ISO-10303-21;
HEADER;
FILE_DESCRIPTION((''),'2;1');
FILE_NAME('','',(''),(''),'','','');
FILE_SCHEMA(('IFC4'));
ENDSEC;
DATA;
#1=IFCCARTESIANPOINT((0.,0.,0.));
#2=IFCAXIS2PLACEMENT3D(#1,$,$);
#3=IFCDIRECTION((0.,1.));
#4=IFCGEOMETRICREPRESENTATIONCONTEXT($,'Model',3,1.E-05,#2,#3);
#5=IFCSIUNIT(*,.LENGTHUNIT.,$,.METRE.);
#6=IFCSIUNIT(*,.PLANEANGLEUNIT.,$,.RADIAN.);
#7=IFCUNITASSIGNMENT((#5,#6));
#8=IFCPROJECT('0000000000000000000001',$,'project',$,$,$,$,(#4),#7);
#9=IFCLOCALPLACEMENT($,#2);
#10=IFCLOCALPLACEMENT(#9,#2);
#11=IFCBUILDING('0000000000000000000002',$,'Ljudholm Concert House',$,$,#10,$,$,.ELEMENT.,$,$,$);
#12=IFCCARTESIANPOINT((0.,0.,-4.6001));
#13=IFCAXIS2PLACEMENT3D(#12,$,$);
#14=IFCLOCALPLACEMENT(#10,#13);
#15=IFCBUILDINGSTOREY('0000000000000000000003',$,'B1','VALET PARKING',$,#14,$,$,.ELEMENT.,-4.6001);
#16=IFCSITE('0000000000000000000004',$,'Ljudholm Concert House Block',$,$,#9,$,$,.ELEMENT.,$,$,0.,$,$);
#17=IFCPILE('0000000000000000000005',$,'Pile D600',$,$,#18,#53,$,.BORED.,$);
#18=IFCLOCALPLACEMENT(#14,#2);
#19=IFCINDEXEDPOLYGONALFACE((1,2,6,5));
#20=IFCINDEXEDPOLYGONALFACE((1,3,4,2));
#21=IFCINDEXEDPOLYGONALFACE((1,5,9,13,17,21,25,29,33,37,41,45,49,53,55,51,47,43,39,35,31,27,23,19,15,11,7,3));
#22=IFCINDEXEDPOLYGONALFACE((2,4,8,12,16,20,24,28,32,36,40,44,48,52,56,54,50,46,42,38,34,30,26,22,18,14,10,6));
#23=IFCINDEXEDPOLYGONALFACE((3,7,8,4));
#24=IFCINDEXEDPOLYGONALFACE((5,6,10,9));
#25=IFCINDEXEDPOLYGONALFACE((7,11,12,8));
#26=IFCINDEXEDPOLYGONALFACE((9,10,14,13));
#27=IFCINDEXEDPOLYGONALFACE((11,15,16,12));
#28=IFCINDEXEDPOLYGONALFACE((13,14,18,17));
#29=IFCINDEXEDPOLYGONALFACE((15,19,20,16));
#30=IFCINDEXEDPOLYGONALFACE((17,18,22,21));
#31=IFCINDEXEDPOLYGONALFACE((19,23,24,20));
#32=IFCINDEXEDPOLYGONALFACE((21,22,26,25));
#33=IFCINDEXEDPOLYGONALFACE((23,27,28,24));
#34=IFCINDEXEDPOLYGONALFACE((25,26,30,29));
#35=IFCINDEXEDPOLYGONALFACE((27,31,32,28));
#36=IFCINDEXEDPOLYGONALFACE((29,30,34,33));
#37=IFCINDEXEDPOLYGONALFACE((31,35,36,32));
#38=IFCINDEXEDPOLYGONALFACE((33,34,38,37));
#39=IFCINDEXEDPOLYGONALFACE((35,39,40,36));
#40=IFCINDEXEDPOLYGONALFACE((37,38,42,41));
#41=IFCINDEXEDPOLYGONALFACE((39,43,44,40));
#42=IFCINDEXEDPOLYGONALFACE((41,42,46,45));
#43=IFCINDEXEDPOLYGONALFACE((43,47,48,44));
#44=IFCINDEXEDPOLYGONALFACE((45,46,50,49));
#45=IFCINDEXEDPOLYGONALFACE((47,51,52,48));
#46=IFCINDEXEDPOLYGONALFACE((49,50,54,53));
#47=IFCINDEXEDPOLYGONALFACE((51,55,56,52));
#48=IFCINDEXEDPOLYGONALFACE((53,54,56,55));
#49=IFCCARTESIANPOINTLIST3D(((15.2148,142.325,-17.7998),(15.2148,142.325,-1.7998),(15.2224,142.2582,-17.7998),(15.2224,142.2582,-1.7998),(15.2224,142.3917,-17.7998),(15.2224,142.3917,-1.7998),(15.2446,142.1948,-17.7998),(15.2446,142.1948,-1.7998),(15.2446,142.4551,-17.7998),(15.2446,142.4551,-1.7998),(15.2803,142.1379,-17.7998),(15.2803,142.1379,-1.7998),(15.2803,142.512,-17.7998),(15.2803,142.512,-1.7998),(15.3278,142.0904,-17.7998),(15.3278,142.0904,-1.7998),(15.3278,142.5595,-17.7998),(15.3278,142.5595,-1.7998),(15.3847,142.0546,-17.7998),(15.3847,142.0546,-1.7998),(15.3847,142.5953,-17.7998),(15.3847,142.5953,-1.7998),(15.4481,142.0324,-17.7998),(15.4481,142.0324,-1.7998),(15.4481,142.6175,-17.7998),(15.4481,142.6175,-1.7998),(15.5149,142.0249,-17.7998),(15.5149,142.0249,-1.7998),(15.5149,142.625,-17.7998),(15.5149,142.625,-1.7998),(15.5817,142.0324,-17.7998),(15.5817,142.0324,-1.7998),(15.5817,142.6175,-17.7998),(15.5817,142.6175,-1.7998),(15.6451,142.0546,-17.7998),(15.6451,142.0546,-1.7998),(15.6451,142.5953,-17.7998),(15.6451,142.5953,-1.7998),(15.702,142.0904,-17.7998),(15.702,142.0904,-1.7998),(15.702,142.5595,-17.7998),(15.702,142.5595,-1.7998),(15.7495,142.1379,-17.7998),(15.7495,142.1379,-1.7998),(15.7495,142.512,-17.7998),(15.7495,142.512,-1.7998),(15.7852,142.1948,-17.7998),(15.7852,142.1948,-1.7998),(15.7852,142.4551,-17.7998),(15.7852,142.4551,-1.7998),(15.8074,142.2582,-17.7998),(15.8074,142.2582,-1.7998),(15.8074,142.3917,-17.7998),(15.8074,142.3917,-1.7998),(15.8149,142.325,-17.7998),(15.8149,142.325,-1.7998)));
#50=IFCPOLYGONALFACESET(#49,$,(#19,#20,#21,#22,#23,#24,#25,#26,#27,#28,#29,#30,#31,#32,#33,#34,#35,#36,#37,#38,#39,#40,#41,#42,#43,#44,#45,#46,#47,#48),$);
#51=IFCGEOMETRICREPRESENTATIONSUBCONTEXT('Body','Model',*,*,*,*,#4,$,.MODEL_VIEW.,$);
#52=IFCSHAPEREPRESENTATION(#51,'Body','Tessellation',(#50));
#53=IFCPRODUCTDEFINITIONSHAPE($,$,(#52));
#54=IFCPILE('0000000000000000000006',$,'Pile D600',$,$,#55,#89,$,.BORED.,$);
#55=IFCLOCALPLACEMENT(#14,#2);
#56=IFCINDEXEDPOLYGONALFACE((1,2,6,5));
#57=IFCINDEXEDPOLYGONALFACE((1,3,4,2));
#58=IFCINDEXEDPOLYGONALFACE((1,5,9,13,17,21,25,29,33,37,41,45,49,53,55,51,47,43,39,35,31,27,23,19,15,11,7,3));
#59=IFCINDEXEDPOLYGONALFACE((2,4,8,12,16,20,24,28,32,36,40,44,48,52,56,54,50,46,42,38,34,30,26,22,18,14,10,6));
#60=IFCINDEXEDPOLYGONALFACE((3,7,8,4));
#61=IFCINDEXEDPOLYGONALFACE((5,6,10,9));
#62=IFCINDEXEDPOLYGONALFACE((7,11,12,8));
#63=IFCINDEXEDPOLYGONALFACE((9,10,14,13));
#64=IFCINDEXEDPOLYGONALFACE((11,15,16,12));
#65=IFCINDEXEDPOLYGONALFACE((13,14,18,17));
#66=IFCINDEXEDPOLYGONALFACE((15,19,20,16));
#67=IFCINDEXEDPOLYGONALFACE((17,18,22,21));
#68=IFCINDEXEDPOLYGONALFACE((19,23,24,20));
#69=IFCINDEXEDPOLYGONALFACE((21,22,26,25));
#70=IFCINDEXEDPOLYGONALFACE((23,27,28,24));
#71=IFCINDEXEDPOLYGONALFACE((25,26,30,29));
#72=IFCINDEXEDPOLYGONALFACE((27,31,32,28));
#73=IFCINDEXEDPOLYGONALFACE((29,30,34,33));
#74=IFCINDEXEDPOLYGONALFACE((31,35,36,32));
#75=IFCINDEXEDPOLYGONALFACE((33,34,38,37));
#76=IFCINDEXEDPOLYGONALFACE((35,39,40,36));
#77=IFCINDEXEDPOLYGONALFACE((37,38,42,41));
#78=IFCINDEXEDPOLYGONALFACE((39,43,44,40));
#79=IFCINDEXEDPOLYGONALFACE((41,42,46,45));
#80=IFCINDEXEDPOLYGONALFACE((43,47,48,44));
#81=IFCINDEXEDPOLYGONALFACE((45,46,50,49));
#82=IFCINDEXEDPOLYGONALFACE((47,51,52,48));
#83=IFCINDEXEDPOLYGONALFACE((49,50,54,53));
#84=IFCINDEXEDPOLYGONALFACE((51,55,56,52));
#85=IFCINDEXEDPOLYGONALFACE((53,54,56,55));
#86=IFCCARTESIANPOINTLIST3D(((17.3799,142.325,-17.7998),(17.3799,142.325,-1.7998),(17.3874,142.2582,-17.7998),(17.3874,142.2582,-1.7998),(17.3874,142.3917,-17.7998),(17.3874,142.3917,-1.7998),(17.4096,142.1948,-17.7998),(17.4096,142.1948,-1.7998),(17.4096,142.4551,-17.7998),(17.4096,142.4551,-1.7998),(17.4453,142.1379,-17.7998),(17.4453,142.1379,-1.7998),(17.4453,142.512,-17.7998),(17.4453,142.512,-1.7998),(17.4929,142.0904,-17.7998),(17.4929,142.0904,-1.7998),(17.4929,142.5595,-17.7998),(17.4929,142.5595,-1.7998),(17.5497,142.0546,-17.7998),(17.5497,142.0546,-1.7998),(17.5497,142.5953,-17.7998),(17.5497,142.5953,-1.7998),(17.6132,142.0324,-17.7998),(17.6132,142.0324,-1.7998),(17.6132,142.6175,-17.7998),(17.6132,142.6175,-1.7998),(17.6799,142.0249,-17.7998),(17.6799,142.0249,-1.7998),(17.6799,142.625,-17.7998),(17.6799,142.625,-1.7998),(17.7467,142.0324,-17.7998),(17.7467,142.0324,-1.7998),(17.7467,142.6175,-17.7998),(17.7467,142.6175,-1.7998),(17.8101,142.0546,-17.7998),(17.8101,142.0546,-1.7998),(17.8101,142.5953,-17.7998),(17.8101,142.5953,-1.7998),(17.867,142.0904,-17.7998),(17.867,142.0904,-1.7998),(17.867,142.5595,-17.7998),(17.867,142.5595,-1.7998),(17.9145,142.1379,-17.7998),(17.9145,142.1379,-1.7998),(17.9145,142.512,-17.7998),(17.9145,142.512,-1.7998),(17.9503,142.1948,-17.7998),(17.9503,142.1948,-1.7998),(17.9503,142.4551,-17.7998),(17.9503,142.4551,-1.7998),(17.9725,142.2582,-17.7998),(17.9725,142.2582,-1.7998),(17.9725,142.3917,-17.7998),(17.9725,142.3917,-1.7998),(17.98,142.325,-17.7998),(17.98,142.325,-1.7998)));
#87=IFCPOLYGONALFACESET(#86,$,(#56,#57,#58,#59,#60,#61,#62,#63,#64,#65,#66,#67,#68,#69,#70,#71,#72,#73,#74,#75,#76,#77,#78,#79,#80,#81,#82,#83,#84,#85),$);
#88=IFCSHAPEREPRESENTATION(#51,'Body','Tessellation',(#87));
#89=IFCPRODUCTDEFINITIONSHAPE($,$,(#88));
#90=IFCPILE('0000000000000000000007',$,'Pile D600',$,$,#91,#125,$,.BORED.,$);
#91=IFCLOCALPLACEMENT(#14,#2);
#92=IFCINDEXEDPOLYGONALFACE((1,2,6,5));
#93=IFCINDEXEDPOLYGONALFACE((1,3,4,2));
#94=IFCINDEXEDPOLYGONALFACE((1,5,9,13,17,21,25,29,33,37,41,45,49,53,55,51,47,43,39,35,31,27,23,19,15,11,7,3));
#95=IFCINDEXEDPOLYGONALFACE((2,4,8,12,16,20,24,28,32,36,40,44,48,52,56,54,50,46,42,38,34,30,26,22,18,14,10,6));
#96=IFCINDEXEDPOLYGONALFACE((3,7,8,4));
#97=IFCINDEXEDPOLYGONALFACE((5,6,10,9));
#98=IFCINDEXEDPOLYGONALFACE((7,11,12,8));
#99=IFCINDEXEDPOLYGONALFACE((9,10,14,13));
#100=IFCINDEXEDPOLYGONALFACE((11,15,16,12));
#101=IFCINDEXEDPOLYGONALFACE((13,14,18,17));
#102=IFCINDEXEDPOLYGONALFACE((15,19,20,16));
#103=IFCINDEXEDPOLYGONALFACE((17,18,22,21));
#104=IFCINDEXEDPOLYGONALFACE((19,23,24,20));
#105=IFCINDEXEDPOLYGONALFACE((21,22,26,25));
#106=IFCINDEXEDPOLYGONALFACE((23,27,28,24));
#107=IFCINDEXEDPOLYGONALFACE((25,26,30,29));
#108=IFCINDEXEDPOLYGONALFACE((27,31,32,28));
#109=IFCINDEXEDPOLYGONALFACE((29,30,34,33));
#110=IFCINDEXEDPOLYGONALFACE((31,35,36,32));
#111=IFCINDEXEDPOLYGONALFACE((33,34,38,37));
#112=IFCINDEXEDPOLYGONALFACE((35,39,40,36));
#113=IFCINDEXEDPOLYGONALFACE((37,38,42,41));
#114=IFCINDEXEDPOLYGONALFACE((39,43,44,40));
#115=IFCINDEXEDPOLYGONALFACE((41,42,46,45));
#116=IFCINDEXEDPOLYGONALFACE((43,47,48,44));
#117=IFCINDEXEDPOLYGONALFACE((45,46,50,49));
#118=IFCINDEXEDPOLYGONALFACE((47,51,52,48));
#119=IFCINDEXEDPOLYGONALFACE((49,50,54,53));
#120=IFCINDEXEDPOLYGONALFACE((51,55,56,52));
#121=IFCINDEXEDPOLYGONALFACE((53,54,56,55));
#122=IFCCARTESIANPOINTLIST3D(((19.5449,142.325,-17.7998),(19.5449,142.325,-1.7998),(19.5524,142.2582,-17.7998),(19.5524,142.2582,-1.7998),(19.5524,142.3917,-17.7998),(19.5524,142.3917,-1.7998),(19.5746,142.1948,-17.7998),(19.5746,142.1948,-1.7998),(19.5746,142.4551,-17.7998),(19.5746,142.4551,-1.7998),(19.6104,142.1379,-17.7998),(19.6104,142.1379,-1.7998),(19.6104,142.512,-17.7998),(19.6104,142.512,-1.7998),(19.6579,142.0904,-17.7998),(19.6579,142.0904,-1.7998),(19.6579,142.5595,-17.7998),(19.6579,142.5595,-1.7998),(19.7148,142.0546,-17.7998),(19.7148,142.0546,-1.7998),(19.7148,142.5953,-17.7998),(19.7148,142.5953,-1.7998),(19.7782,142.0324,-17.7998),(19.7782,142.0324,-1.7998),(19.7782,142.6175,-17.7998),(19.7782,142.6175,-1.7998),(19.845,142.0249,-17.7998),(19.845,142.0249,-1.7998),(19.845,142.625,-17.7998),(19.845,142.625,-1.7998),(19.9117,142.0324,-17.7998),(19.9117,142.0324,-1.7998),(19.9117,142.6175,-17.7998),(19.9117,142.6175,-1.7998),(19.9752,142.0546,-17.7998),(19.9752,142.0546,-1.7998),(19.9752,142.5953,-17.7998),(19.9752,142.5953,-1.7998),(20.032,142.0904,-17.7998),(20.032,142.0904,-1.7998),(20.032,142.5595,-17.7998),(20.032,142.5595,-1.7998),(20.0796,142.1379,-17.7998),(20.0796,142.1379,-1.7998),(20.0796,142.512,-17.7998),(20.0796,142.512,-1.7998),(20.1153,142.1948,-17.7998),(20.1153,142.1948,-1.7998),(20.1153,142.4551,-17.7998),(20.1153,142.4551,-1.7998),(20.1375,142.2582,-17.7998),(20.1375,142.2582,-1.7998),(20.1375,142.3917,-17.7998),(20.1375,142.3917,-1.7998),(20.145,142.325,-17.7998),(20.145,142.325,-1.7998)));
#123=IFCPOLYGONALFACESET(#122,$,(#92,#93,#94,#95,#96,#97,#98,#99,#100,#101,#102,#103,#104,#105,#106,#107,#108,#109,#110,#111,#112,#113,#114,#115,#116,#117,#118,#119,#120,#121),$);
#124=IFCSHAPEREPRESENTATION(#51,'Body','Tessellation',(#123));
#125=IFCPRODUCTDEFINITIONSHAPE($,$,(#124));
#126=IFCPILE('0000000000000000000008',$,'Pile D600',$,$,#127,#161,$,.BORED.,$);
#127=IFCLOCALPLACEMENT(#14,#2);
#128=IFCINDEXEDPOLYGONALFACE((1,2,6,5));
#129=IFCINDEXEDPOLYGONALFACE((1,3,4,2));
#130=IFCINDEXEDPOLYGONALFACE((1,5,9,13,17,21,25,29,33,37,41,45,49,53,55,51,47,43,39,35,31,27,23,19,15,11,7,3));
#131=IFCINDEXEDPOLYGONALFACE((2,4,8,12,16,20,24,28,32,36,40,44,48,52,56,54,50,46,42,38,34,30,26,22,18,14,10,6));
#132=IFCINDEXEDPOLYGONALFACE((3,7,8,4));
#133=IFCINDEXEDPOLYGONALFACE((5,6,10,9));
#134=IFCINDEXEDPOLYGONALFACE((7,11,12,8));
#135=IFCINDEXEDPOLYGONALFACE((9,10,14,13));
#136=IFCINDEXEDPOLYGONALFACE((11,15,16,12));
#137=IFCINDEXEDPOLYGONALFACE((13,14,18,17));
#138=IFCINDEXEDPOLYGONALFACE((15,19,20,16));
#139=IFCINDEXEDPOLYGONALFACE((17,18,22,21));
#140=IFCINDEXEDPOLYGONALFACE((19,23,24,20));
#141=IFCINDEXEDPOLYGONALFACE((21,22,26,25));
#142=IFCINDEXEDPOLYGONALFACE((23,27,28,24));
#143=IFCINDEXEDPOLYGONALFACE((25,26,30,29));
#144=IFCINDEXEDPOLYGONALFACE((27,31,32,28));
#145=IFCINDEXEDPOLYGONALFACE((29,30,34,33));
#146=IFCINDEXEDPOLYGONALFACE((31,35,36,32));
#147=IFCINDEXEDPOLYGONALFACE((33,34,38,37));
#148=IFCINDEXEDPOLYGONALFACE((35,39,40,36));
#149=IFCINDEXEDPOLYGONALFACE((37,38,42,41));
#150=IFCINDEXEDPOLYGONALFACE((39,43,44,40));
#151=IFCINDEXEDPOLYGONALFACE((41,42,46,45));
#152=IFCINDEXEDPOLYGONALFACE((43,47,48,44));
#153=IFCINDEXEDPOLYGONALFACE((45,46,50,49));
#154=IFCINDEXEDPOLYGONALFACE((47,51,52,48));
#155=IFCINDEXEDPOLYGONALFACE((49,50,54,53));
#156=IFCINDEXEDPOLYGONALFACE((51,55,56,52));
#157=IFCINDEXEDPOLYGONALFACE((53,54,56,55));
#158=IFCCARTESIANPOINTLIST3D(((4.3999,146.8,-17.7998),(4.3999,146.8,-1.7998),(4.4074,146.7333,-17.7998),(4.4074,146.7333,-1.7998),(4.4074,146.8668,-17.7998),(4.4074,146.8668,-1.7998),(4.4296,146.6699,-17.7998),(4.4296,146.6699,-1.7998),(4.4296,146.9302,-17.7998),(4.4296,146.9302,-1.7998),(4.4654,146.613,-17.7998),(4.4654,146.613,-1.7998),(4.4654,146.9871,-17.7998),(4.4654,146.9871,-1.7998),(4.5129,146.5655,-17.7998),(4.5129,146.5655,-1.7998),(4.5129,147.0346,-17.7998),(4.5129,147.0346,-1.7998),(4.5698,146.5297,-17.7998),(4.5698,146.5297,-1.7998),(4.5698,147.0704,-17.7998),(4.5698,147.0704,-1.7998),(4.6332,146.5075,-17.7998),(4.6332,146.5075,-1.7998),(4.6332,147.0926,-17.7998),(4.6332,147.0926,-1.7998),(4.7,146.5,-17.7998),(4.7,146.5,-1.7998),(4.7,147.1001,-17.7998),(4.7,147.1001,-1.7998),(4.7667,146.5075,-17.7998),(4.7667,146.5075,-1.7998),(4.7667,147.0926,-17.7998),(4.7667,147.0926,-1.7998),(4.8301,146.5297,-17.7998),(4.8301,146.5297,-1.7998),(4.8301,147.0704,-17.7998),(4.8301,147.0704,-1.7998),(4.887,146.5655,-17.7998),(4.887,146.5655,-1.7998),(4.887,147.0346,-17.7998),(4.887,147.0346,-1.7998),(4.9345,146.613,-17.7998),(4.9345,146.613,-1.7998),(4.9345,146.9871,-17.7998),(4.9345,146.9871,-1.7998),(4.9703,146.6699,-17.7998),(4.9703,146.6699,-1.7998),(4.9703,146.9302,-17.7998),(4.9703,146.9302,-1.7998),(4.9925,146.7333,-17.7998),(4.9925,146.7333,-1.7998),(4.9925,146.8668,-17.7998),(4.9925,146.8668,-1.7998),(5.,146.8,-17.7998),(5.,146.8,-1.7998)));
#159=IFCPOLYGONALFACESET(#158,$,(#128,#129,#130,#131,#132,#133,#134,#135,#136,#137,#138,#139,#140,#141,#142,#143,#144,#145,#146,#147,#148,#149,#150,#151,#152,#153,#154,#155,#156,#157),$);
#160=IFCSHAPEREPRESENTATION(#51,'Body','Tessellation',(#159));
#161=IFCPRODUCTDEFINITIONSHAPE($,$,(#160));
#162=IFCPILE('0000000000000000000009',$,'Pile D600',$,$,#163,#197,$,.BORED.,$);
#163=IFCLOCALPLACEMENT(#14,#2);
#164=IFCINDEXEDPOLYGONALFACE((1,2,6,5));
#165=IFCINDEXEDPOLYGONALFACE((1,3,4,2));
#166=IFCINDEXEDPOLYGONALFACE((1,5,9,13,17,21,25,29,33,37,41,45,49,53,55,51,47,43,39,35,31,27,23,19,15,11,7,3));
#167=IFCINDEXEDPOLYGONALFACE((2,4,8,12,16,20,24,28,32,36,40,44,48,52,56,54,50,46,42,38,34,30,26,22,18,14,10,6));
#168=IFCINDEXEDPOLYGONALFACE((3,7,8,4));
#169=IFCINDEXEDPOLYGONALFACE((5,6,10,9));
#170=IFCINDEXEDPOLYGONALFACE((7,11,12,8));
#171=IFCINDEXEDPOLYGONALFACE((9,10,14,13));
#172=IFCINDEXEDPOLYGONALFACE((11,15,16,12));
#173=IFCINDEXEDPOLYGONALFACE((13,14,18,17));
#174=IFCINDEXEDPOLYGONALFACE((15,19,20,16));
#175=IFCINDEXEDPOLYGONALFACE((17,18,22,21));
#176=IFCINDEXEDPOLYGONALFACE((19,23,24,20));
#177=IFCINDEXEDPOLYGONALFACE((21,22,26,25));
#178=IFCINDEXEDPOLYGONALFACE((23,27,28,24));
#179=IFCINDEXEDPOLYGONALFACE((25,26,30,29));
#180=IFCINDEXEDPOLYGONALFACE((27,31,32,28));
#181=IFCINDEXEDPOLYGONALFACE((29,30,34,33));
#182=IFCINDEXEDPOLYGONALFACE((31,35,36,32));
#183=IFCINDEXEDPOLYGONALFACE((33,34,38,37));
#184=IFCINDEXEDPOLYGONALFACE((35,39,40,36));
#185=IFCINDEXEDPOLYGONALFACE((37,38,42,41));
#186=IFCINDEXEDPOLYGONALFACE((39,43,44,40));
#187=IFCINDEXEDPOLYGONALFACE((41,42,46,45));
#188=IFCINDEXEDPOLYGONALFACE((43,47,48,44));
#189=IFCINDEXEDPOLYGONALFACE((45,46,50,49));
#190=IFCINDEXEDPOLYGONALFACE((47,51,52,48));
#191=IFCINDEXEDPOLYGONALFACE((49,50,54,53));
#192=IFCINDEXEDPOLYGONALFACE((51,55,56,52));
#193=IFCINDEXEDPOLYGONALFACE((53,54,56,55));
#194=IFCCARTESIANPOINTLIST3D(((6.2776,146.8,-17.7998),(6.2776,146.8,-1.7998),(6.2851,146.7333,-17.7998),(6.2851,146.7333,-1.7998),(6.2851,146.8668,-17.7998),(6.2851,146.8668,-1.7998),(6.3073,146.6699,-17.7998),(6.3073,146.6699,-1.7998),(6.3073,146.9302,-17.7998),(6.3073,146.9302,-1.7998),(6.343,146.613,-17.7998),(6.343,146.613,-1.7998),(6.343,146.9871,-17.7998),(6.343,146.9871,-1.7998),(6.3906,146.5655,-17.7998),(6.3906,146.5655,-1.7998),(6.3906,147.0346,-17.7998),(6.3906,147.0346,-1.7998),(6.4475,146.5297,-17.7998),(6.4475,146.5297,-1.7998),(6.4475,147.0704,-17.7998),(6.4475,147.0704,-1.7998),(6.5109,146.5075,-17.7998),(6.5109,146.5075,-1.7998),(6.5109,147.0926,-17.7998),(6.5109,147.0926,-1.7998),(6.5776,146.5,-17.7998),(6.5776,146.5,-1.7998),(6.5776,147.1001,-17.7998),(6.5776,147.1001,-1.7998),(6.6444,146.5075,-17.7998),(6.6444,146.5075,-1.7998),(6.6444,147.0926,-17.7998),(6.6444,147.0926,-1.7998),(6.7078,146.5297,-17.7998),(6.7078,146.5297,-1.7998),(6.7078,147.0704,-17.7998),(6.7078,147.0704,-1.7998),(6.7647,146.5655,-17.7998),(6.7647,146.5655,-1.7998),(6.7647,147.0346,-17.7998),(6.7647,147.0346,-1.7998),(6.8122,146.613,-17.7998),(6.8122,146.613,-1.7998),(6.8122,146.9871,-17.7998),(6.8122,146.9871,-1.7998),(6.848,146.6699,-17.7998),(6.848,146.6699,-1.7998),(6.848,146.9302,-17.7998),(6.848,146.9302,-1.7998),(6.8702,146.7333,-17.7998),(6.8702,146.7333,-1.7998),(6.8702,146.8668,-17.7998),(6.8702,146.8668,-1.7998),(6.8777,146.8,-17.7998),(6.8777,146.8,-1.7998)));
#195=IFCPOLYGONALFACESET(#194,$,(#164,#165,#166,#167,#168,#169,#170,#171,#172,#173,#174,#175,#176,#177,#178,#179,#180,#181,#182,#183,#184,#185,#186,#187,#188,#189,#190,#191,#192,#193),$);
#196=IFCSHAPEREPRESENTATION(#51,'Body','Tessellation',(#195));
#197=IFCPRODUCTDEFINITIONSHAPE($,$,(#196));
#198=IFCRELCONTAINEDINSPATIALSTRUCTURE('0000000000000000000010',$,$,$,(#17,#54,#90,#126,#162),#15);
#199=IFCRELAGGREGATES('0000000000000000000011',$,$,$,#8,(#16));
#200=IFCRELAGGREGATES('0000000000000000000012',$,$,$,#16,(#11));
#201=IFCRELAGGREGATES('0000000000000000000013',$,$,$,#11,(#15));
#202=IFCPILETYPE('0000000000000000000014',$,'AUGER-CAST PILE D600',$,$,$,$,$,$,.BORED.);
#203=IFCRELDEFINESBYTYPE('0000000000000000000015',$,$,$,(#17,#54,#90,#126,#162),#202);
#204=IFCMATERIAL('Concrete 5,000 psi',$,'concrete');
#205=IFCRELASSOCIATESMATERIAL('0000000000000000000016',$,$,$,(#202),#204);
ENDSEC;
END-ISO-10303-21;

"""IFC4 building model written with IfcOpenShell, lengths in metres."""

from ifc_helpers import new_model, si_unit, direction, frame, origin, origin_2d, place, context, subcontext, project, spatial, circle, extrude, material, material_profile, profile_set, type_object, element, save


model = new_model("IFC4")

# Units and contexts
model_context = context("Model", 3, precision=1e-05, world=origin(), true_north=direction((0.0, 1.0)))
body_context = subcontext(model_context, "Body", "Model", "MODEL_VIEW")
ifc_project = project(units=[si_unit("LENGTHUNIT", "METRE"), si_unit("PLANEANGLEUNIT", "RADIAN")], contexts=[model_context])

# Site, building, storey
site_placement = place(None, origin())
site = spatial("IfcSite", under=ifc_project, at=site_placement, Name="Ljudholm Concert House Block", CompositionType="ELEMENT", RefElevation=0.0)
building_placement = place(site_placement, origin())
building = spatial("IfcBuilding", under=site, at=building_placement, Name="Ljudholm Concert House", CompositionType="ELEMENT")
storey_placement = place(building_placement, frame((0.0, 0.0, -4.6001)))
storey = spatial("IfcBuildingStorey", under=building, at=storey_placement, Name="B1", Description="VALET PARKING", CompositionType="ELEMENT", Elevation=-4.6001)

# Piles
ifc_material_1 = material(Name="Concrete 5,000 psi", Category="concrete")
ifc_material_profile_1 = material_profile(ifc_material_1, circle(Radius=0.3, at=origin_2d()), Name="AUGER-CAST PILE D600")
ifc_profile_set_1 = profile_set([ifc_material_profile_1], Name="Concrete 5,000 psi")
pile_type = type_object("IfcPileType", Name="AUGER-CAST PILE D600", PredefinedType="BORED", material=ifc_profile_set_1)
for number, where, z_axis, x_axis, name in (
    (1, (15.5149, 142.325, -1.7998), (0.0, 0.0, -1.0), (1.0, 0.0, 0.0), "Pile D600"),
    (2, (17.6799, 142.325, -1.7998), (0.0, 0.0, -1.0), (1.0, 0.0, 0.0), "Pile D600"),
    (3, (19.845, 142.325, -1.7998), (0.0, 0.0, -1.0), (1.0, 0.0, 0.0), "Pile D600"),
    (4, (4.7, 146.8, -1.7998), (0.0, 0.0, -1.0), (1.0, 0.0, 0.0), "Pile D600"),
    (5, (6.5776, 146.8, -1.7998), (0.0, 0.0, -1.0), (1.0, 0.0, 0.0), "Pile D600"),
):
    element("IfcPile", number, at=place(storey_placement, frame(where, z_axis=z_axis, x_axis=x_axis)), inside=storey, type_object=pile_type, Name=name, PredefinedType="BORED", context=body_context, shape_type="SweptSolid", body=[
        extrude(circle(Radius=0.3, at=origin_2d()), origin(), (0.0, 0.0, 1.0), 16.0),
    ])

save(model, "model.ifc")
